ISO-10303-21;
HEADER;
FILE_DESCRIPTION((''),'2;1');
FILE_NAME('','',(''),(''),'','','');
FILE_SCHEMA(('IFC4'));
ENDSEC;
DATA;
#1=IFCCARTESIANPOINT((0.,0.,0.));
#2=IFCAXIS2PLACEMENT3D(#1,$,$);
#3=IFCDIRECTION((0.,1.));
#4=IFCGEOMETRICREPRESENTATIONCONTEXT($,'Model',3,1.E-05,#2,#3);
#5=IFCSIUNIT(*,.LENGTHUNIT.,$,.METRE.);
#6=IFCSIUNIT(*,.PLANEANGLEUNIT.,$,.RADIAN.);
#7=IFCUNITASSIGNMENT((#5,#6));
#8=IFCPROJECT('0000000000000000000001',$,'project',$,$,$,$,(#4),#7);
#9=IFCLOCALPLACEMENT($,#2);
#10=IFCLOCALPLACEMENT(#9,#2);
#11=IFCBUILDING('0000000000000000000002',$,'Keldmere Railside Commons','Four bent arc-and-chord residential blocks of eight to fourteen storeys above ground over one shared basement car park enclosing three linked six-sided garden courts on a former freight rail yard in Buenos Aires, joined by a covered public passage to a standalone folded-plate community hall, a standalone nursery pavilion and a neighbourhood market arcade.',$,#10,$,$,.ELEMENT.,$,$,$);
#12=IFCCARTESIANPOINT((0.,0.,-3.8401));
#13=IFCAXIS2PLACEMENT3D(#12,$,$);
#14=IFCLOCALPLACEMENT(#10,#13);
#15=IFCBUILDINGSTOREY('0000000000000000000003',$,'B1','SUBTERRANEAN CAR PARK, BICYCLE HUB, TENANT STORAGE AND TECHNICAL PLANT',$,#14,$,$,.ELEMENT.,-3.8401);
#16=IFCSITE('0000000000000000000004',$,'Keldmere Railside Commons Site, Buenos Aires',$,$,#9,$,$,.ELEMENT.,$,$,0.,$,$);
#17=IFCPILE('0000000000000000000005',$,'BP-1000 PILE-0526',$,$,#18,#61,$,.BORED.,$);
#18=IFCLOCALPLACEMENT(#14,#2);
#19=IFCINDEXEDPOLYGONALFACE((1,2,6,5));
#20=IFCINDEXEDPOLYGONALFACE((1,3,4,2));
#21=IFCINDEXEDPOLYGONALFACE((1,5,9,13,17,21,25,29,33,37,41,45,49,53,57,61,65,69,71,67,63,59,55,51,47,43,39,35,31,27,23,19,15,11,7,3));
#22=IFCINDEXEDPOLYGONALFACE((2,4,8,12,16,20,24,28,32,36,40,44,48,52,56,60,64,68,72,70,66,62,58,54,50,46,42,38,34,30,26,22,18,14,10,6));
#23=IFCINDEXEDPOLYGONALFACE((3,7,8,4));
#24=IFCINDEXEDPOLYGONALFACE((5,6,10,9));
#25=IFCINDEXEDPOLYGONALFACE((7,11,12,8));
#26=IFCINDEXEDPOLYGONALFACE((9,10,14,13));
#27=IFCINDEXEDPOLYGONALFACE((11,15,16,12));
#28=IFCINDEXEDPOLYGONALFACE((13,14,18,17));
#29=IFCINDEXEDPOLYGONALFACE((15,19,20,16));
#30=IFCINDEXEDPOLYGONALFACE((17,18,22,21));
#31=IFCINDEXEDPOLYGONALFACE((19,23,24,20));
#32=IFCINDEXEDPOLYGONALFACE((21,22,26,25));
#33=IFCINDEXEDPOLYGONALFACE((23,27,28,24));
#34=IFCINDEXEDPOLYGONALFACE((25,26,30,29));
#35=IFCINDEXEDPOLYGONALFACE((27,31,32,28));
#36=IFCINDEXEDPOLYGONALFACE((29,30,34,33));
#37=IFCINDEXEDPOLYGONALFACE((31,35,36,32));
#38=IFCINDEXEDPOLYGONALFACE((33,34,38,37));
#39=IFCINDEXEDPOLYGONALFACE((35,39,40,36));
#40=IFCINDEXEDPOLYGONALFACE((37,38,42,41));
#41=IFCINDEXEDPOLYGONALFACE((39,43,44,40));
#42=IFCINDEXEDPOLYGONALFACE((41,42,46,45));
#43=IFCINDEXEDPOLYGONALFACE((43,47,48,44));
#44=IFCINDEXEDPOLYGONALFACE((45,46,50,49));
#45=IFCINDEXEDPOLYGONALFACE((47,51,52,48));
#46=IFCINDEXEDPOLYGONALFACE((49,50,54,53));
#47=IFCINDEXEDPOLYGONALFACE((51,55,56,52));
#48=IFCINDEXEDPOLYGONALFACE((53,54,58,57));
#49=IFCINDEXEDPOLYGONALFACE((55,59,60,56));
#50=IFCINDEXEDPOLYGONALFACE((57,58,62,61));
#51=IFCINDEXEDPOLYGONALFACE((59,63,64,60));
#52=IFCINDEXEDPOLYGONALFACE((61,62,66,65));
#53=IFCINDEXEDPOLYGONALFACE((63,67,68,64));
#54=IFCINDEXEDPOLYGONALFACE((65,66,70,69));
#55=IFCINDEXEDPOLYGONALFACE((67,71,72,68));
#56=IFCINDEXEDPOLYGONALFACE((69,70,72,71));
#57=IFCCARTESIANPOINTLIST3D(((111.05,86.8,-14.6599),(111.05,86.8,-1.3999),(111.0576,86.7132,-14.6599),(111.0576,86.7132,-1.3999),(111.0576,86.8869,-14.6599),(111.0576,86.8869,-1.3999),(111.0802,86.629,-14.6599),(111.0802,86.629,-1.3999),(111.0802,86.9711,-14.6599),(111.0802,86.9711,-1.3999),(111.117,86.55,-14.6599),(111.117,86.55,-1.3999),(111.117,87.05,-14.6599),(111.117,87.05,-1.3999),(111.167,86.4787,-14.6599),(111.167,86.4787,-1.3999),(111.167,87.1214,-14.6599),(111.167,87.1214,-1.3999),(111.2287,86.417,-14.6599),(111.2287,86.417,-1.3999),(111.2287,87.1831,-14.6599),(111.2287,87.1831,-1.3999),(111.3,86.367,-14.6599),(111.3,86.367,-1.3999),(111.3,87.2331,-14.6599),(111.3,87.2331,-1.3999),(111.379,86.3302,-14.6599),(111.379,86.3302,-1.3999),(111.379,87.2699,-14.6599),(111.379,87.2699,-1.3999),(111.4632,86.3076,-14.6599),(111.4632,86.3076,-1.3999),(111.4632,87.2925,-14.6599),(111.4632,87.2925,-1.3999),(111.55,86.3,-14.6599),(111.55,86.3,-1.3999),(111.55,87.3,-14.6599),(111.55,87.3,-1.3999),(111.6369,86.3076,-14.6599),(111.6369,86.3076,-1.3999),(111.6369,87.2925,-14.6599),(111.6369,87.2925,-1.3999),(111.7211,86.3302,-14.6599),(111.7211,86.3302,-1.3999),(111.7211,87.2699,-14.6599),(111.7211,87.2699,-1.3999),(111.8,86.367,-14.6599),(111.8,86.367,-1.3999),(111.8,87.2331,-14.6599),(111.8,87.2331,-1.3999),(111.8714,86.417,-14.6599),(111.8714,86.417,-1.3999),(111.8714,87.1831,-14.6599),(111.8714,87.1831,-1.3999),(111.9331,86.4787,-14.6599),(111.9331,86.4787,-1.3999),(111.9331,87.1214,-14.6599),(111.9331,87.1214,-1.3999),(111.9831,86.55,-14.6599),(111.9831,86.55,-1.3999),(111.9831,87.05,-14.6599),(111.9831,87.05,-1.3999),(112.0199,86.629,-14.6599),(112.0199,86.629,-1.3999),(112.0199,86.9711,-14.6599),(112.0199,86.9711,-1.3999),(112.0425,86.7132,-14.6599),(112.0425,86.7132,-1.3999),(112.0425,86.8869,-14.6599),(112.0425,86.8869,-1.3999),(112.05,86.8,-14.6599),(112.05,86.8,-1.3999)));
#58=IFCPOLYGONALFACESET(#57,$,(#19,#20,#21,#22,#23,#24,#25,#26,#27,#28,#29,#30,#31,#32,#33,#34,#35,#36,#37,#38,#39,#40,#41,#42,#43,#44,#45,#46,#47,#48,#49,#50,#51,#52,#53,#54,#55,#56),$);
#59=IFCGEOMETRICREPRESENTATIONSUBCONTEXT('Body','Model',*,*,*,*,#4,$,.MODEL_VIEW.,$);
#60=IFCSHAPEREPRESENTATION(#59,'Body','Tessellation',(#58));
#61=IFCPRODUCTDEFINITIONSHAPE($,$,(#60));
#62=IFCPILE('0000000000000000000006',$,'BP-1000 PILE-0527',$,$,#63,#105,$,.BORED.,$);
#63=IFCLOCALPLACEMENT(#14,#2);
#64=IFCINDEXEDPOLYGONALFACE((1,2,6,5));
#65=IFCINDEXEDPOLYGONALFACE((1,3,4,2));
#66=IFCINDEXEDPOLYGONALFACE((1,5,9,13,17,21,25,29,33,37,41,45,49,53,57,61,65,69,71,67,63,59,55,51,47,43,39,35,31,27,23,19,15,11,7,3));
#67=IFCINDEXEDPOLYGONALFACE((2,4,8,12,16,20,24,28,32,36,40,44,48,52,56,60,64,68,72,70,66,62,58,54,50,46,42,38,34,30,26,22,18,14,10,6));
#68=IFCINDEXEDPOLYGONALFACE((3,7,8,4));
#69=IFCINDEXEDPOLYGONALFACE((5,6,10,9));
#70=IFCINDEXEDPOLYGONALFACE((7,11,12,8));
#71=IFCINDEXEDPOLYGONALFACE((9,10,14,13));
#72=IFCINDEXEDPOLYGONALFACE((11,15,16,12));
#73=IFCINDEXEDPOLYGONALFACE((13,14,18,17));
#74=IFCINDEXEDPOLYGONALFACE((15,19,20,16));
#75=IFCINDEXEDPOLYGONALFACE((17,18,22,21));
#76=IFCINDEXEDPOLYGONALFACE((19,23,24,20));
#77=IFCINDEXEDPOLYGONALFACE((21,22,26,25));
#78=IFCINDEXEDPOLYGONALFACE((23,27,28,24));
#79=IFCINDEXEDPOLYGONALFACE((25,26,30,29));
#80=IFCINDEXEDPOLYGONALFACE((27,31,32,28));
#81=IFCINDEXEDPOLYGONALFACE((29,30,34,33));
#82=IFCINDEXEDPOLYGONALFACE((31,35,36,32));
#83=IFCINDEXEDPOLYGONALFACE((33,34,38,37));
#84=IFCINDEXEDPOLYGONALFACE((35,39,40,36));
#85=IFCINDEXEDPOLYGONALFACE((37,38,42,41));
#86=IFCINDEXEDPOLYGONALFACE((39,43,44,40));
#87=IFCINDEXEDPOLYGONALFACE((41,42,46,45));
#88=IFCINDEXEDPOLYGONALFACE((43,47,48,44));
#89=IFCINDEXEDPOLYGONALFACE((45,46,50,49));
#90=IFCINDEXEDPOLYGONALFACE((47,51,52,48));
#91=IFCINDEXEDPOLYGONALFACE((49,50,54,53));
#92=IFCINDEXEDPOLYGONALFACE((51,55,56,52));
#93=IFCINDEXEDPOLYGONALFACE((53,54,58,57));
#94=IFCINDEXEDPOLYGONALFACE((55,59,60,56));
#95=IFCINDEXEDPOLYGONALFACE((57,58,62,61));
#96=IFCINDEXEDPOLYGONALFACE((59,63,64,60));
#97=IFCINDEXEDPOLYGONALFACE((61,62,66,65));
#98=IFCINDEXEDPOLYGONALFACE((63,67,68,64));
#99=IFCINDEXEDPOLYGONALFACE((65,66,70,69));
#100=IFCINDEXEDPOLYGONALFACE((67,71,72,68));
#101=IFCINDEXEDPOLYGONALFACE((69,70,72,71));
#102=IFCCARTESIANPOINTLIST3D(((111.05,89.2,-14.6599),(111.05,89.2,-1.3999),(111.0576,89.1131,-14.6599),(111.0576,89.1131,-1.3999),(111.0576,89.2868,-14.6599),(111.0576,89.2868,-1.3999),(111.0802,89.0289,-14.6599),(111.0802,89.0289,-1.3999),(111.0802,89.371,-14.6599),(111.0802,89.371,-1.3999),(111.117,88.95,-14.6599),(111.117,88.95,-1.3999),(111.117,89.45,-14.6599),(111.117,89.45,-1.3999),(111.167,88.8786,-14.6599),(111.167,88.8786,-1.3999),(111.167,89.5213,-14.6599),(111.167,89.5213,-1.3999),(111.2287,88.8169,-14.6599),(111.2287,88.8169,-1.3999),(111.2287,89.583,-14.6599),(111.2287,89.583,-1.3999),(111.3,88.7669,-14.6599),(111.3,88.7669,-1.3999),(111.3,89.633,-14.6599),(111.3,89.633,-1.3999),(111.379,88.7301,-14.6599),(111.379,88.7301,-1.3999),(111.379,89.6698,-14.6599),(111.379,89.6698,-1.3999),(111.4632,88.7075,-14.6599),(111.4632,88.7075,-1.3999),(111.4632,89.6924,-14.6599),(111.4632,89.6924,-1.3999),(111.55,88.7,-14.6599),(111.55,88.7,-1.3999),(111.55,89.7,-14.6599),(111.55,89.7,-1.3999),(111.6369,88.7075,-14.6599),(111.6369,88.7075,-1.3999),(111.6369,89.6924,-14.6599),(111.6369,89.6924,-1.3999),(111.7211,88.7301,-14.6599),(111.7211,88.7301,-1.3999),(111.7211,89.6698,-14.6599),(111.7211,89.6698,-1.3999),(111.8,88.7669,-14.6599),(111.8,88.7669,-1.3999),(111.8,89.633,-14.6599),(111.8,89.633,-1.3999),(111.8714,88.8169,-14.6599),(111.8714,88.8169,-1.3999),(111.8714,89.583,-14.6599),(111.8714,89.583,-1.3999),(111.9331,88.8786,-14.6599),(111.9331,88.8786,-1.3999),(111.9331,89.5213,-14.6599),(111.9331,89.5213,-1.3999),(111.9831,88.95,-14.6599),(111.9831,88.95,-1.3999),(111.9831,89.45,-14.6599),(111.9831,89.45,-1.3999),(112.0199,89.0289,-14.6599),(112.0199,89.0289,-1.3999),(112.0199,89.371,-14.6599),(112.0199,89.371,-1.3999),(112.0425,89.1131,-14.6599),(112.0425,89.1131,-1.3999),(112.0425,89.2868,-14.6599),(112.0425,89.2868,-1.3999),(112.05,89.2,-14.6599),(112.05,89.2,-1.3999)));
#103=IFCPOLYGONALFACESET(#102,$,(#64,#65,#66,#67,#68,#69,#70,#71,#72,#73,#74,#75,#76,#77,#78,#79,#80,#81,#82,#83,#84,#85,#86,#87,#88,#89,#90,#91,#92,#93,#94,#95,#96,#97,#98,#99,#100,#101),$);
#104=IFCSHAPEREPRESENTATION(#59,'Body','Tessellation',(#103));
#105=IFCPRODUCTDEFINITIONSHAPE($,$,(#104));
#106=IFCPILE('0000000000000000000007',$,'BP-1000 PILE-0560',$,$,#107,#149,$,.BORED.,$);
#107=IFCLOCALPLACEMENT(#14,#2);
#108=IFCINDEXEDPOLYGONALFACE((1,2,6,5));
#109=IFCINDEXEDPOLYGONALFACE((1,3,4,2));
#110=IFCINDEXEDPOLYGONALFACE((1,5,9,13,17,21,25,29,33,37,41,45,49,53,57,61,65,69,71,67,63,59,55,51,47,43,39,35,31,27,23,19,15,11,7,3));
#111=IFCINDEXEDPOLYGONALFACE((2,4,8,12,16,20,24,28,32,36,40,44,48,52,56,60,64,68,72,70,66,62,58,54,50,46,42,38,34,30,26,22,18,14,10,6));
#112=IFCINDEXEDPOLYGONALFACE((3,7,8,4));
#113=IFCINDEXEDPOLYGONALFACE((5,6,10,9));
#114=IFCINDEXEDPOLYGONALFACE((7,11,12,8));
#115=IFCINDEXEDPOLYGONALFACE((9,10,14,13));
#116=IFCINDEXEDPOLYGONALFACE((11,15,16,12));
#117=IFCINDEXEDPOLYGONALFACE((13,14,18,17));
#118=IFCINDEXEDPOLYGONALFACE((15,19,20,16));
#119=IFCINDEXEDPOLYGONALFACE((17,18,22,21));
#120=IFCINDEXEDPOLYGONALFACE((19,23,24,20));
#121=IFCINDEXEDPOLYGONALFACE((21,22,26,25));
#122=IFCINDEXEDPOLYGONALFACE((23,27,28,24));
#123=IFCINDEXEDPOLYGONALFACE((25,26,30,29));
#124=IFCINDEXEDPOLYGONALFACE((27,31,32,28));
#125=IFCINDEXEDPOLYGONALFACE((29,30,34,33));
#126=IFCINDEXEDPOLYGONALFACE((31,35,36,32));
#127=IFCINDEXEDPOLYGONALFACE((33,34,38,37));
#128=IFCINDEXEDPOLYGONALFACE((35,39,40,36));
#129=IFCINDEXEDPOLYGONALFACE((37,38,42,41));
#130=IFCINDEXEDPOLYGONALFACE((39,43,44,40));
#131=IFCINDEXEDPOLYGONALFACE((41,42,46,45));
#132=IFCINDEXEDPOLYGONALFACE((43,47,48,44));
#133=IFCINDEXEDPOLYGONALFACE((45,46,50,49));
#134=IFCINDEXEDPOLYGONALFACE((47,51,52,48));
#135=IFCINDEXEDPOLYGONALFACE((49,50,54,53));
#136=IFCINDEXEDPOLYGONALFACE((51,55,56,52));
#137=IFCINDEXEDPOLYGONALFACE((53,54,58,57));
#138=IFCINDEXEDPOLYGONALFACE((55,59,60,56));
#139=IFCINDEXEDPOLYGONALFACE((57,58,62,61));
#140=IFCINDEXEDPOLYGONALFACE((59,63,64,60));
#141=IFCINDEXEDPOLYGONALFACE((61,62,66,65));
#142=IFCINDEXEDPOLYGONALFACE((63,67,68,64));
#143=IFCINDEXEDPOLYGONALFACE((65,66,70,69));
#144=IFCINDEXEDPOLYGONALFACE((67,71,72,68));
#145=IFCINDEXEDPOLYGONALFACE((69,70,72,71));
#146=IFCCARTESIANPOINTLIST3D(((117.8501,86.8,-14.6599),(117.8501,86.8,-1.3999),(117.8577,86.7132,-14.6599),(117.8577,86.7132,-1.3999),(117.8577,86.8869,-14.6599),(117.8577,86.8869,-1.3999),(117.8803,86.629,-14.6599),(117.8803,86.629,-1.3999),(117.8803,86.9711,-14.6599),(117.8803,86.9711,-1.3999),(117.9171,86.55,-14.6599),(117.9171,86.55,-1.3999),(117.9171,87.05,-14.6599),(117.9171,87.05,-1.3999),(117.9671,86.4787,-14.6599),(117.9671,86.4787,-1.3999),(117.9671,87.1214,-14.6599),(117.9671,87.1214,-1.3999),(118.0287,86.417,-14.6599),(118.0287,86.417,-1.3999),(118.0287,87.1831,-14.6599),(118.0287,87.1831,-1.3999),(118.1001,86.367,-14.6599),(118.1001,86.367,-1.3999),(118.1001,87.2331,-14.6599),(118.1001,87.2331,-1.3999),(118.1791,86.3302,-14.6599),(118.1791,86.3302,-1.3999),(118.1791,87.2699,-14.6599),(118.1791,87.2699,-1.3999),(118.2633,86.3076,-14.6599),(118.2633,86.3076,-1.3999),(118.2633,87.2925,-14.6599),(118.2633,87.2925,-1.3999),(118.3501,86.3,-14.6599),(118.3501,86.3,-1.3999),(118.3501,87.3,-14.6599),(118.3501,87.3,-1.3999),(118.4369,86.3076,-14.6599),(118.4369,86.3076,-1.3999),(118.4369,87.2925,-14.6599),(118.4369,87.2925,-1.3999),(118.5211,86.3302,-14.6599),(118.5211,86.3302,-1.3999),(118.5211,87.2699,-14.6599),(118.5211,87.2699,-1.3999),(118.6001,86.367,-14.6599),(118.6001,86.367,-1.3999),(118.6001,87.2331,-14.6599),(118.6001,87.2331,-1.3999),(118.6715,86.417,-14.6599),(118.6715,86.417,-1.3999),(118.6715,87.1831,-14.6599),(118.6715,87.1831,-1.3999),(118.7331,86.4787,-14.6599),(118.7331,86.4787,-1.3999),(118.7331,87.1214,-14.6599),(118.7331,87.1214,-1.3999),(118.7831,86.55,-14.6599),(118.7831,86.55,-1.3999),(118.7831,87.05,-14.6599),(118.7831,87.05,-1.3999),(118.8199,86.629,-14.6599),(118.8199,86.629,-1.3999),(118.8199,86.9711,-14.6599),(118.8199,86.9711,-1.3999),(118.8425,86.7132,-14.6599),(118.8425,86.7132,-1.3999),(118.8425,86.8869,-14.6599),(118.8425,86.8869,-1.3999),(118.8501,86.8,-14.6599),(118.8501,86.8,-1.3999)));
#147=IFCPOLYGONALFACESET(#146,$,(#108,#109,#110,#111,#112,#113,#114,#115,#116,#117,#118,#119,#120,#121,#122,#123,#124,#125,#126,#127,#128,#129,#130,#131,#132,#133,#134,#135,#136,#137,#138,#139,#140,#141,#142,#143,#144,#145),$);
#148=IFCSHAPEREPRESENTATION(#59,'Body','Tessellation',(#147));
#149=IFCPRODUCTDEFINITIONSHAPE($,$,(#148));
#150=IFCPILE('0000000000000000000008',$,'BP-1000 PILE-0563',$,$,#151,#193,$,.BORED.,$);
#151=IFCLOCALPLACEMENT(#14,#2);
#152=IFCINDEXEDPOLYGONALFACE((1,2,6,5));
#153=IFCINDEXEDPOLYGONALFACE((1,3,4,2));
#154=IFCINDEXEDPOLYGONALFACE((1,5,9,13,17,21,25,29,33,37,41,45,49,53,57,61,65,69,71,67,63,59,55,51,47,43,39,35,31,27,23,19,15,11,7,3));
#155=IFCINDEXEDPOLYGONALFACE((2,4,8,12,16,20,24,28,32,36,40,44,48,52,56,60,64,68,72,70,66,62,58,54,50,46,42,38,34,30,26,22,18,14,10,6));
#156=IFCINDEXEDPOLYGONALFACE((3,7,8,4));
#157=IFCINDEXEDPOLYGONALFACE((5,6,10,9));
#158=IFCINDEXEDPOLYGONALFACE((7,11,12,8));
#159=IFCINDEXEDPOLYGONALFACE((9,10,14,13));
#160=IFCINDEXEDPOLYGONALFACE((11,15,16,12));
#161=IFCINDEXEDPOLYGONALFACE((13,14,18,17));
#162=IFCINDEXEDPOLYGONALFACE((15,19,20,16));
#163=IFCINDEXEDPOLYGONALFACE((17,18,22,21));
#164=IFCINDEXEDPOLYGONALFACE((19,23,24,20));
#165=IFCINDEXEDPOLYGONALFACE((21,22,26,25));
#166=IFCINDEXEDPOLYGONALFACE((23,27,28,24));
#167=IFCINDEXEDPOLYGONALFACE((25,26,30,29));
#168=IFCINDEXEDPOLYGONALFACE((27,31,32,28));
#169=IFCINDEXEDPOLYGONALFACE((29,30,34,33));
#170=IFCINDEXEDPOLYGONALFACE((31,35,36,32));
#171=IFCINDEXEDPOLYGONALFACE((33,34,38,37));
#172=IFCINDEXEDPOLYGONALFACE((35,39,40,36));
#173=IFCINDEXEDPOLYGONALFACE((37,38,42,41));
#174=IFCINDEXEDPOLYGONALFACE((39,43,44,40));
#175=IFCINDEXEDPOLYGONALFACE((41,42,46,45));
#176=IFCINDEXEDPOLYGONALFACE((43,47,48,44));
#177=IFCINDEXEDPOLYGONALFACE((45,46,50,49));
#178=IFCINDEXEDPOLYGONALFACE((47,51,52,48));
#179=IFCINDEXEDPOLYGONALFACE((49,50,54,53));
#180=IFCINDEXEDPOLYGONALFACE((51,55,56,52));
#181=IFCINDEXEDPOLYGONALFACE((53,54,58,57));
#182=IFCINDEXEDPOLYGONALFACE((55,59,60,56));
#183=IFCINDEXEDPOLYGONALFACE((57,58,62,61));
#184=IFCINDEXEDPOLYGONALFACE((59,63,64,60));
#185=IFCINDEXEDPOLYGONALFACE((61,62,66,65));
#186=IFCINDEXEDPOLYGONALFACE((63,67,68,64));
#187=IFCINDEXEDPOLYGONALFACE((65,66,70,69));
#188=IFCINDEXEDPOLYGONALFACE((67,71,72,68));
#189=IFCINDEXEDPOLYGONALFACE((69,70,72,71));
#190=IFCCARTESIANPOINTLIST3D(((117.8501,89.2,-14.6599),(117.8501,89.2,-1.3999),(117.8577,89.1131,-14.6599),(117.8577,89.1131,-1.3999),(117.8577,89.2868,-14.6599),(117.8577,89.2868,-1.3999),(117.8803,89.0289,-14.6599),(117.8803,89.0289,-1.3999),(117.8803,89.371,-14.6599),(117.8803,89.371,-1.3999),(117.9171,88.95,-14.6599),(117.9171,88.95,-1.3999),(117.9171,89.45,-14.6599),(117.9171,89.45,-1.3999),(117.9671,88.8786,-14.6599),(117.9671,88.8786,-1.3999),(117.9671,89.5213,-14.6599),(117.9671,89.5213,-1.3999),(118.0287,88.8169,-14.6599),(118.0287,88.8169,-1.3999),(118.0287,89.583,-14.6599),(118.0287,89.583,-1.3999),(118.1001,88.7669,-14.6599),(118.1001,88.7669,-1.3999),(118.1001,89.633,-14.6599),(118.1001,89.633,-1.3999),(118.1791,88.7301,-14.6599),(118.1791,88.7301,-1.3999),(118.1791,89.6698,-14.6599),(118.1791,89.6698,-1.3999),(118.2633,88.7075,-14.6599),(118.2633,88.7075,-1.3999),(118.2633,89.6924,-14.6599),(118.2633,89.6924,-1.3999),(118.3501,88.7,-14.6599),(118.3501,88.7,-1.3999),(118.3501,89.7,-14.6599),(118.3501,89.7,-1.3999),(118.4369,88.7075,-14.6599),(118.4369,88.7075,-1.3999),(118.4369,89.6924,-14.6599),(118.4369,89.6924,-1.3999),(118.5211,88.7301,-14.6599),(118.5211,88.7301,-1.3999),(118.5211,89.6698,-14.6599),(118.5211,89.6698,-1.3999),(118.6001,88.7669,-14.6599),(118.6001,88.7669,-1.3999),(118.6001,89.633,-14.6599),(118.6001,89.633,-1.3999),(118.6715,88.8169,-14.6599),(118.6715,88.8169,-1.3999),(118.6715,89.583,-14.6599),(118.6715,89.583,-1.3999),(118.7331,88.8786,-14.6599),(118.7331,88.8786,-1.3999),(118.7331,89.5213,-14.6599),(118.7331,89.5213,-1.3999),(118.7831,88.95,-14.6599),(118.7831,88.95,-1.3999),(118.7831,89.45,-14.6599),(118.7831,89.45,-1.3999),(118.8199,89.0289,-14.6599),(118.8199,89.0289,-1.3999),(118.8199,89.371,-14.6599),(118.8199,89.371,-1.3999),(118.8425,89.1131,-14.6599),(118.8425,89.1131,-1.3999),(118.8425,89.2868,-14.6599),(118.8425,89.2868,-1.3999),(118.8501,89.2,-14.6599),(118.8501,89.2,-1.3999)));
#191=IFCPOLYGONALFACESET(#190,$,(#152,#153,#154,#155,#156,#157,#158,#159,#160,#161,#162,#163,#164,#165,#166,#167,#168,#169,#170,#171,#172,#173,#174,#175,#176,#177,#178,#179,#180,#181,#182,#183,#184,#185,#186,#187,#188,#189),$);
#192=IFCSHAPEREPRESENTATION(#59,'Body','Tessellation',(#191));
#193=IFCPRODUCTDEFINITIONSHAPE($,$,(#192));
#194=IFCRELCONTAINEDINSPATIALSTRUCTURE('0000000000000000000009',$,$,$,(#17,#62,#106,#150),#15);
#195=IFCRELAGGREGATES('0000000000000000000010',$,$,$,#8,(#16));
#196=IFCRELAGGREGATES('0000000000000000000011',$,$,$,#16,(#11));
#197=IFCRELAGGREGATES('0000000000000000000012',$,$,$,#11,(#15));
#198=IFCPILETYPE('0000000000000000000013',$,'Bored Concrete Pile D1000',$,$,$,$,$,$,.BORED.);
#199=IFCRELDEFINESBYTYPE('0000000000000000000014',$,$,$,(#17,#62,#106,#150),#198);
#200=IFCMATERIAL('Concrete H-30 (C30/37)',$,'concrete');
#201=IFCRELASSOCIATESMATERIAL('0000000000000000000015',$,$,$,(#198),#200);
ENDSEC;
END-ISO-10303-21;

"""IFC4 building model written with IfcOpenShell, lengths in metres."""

from ifc_helpers import new_model, si_unit, direction, frame, origin, origin_2d, place, context, subcontext, project, spatial, circle, extrude, material, material_profile, profile_set, type_object, element, save


model = new_model("IFC4")

# Units and contexts
model_context = context("Model", 3, precision=1e-05, world=origin(), true_north=direction((0.0, 1.0)))
body_context = subcontext(model_context, "Body", "Model", "MODEL_VIEW")
ifc_project = project(units=[si_unit("LENGTHUNIT", "METRE"), si_unit("PLANEANGLEUNIT", "RADIAN")], contexts=[model_context])

# Site, building, storey
site_placement = place(None, origin())
site = spatial("IfcSite", under=ifc_project, at=site_placement, Name="Keldmere Railside Commons Site, Buenos Aires", CompositionType="ELEMENT", RefElevation=0.0)
building_placement = place(site_placement, origin())
building = spatial("IfcBuilding", under=site, at=building_placement, Name="Keldmere Railside Commons", Description="Four bent arc-and-chord residential blocks of eight to fourteen storeys above ground over one shared basement car park enclosing three linked six-sided garden courts on a former freight rail yard in Buenos Aires, joined by a covered public passage to a standalone folded-plate community hall, a standalone nursery pavilion and a neighbourhood market arcade.", CompositionType="ELEMENT")
storey_placement = place(building_placement, frame((0.0, 0.0, -3.8401)))
storey = spatial("IfcBuildingStorey", under=building, at=storey_placement, Name="B1", Description="SUBTERRANEAN CAR PARK, BICYCLE HUB, TENANT STORAGE AND TECHNICAL PLANT", CompositionType="ELEMENT", Elevation=-3.8401)

# Piles
ifc_material_1 = material(Name="Concrete H-30 (C30/37)", Category="concrete")
ifc_material_profile_1 = material_profile(ifc_material_1, circle(Radius=0.5, at=origin_2d()), Name="PILE-D1000")
ifc_profile_set_1 = profile_set([ifc_material_profile_1], Name="Concrete H-30 (C30/37)")
pile_type_1 = type_object("IfcPileType", Name="Bored Concrete Pile D1000", PredefinedType="BORED", material=ifc_profile_set_1)
for number, where, z_axis, x_axis, name in (
    (1, (111.55, 86.8, -1.3999), (0.0, 0.0, -1.0), (1.0, 0.0, 0.0), "BP-1000 PILE-0526"),
    (2, (111.55, 89.2, -1.3999), (0.0, 0.0, -1.0), (1.0, 0.0, 0.0), "BP-1000 PILE-0527"),
    (3, (118.3501, 86.8, -1.3999), (0.0, 0.0, -1.0), (1.0, 0.0, 0.0), "BP-1000 PILE-0560"),
    (4, (118.3501, 89.2, -1.3999), (0.0, 0.0, -1.0), (1.0, 0.0, 0.0), "BP-1000 PILE-0563"),
):
    element("IfcPile", number, at=place(storey_placement, frame(where, z_axis=z_axis, x_axis=x_axis)), inside=storey, type_object=pile_type_1, Name=name, PredefinedType="BORED", context=body_context, shape_type="SweptSolid", body=[
        extrude(circle(Radius=0.5, at=origin_2d()), origin(), (0.0, 0.0, 1.0), 13.26),
    ])

save(model, "model.ifc")
